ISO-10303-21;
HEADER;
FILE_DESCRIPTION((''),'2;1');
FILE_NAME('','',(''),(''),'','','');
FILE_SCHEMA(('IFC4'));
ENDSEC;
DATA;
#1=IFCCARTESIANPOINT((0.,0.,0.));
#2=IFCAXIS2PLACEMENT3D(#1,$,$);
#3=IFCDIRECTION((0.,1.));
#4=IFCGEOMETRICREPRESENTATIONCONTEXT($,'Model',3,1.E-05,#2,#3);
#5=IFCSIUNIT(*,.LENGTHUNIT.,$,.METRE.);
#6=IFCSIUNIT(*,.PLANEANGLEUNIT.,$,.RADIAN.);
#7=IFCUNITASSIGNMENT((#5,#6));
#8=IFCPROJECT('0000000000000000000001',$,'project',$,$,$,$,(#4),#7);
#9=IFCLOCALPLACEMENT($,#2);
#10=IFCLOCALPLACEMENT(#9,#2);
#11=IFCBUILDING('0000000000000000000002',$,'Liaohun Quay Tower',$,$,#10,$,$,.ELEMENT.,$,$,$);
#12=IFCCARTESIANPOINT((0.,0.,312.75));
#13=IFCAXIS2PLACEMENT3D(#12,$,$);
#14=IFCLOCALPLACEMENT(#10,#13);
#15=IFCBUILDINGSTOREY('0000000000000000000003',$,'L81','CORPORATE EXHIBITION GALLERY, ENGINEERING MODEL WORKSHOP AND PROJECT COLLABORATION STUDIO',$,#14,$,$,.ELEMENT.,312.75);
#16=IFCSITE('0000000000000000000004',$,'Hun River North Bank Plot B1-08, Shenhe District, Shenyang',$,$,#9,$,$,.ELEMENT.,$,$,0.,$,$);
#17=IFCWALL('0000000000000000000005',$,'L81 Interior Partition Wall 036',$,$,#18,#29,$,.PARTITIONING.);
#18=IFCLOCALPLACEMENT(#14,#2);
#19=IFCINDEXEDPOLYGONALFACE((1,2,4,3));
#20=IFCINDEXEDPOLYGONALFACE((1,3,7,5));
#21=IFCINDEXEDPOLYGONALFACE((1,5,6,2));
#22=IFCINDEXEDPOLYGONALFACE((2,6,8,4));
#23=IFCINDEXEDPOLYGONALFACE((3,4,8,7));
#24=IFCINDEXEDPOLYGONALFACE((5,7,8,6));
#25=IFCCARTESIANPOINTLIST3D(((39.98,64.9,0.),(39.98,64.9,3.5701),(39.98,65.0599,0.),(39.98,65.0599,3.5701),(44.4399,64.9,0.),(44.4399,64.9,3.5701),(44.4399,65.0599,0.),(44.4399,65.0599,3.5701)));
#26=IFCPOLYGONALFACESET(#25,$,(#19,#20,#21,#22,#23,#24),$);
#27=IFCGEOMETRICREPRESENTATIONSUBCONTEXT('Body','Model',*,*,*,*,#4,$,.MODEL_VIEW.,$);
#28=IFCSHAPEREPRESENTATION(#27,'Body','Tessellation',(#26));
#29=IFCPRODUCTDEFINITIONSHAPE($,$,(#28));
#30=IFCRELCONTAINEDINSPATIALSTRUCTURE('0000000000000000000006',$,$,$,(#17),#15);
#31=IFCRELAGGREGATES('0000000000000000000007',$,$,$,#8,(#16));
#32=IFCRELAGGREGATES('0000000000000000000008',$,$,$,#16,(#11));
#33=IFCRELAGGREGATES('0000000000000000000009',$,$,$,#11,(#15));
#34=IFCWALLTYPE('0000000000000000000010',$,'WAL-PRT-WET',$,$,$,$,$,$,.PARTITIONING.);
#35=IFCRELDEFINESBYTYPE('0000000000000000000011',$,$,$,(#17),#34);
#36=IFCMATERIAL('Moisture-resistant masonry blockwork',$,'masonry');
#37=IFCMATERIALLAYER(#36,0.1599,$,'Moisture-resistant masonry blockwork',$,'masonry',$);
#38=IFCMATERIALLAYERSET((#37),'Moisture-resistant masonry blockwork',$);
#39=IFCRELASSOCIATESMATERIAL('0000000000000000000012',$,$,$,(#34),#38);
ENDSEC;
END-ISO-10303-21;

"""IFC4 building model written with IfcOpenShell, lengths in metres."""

from ifc_helpers import new_model, si_unit, direction, frame, frame_2d, origin, place, context, subcontext, project, spatial, rectangle, extrude, material, layer, layer_set, type_object, element, save


model = new_model("IFC4")

# Units and contexts
model_context = context("Model", 3, precision=1e-05, world=origin(), true_north=direction((0.0, 1.0)))
body_context = subcontext(model_context, "Body", "Model", "MODEL_VIEW")
ifc_project = project(units=[si_unit("LENGTHUNIT", "METRE"), si_unit("PLANEANGLEUNIT", "RADIAN")], contexts=[model_context])

# Site, building, storey
site_placement = place(None, origin())
site = spatial("IfcSite", under=ifc_project, at=site_placement, Name="Hun River North Bank Plot B1-08, Shenhe District, Shenyang", CompositionType="ELEMENT", RefElevation=0.0)
building_placement = place(site_placement, origin())
building = spatial("IfcBuilding", under=site, at=building_placement, Name="Liaohun Quay Tower", CompositionType="ELEMENT")
storey_placement = place(building_placement, frame((0.0, 0.0, 312.75)))
storey = spatial("IfcBuildingStorey", under=building, at=storey_placement, Name="L81", Description="CORPORATE EXHIBITION GALLERY, ENGINEERING MODEL WORKSHOP AND PROJECT COLLABORATION STUDIO", CompositionType="ELEMENT", Elevation=312.75)

# Shared definitions
ifc_material_1 = material(Name="Moisture-resistant masonry blockwork", Category="masonry")
ifc_layer_1 = layer(ifc_material_1, 0.1599, Name="Moisture-resistant masonry blockwork", Category="masonry")
ifc_layer_set_1 = layer_set([ifc_layer_1], Name="Moisture-resistant masonry blockwork")
wall_type_1 = type_object("IfcWallType", Name="WAL-PRT-WET", PredefinedType="PARTITIONING", material=ifc_layer_set_1)

# Wall
for number, where, z_axis, x_axis, name in (
    (1, (39.98, 64.98, 0.0), (0.0, 0.0, 1.0), (1.0, 0.0, 0.0), "L81 Interior Partition Wall 036"),
):
    element("IfcWall", number, at=place(storey_placement, frame(where, z_axis=z_axis, x_axis=x_axis)), inside=storey, type_object=wall_type_1, Name=name, PredefinedType="PARTITIONING", context=body_context, shape_type="SweptSolid", body=[
        extrude(rectangle(XDim=4.46, YDim=0.1599, at=frame_2d((2.23, 0.0))), origin(), (0.0, 0.0, 1.0), 3.5701),
    ])

save(model, "model.ifc")
